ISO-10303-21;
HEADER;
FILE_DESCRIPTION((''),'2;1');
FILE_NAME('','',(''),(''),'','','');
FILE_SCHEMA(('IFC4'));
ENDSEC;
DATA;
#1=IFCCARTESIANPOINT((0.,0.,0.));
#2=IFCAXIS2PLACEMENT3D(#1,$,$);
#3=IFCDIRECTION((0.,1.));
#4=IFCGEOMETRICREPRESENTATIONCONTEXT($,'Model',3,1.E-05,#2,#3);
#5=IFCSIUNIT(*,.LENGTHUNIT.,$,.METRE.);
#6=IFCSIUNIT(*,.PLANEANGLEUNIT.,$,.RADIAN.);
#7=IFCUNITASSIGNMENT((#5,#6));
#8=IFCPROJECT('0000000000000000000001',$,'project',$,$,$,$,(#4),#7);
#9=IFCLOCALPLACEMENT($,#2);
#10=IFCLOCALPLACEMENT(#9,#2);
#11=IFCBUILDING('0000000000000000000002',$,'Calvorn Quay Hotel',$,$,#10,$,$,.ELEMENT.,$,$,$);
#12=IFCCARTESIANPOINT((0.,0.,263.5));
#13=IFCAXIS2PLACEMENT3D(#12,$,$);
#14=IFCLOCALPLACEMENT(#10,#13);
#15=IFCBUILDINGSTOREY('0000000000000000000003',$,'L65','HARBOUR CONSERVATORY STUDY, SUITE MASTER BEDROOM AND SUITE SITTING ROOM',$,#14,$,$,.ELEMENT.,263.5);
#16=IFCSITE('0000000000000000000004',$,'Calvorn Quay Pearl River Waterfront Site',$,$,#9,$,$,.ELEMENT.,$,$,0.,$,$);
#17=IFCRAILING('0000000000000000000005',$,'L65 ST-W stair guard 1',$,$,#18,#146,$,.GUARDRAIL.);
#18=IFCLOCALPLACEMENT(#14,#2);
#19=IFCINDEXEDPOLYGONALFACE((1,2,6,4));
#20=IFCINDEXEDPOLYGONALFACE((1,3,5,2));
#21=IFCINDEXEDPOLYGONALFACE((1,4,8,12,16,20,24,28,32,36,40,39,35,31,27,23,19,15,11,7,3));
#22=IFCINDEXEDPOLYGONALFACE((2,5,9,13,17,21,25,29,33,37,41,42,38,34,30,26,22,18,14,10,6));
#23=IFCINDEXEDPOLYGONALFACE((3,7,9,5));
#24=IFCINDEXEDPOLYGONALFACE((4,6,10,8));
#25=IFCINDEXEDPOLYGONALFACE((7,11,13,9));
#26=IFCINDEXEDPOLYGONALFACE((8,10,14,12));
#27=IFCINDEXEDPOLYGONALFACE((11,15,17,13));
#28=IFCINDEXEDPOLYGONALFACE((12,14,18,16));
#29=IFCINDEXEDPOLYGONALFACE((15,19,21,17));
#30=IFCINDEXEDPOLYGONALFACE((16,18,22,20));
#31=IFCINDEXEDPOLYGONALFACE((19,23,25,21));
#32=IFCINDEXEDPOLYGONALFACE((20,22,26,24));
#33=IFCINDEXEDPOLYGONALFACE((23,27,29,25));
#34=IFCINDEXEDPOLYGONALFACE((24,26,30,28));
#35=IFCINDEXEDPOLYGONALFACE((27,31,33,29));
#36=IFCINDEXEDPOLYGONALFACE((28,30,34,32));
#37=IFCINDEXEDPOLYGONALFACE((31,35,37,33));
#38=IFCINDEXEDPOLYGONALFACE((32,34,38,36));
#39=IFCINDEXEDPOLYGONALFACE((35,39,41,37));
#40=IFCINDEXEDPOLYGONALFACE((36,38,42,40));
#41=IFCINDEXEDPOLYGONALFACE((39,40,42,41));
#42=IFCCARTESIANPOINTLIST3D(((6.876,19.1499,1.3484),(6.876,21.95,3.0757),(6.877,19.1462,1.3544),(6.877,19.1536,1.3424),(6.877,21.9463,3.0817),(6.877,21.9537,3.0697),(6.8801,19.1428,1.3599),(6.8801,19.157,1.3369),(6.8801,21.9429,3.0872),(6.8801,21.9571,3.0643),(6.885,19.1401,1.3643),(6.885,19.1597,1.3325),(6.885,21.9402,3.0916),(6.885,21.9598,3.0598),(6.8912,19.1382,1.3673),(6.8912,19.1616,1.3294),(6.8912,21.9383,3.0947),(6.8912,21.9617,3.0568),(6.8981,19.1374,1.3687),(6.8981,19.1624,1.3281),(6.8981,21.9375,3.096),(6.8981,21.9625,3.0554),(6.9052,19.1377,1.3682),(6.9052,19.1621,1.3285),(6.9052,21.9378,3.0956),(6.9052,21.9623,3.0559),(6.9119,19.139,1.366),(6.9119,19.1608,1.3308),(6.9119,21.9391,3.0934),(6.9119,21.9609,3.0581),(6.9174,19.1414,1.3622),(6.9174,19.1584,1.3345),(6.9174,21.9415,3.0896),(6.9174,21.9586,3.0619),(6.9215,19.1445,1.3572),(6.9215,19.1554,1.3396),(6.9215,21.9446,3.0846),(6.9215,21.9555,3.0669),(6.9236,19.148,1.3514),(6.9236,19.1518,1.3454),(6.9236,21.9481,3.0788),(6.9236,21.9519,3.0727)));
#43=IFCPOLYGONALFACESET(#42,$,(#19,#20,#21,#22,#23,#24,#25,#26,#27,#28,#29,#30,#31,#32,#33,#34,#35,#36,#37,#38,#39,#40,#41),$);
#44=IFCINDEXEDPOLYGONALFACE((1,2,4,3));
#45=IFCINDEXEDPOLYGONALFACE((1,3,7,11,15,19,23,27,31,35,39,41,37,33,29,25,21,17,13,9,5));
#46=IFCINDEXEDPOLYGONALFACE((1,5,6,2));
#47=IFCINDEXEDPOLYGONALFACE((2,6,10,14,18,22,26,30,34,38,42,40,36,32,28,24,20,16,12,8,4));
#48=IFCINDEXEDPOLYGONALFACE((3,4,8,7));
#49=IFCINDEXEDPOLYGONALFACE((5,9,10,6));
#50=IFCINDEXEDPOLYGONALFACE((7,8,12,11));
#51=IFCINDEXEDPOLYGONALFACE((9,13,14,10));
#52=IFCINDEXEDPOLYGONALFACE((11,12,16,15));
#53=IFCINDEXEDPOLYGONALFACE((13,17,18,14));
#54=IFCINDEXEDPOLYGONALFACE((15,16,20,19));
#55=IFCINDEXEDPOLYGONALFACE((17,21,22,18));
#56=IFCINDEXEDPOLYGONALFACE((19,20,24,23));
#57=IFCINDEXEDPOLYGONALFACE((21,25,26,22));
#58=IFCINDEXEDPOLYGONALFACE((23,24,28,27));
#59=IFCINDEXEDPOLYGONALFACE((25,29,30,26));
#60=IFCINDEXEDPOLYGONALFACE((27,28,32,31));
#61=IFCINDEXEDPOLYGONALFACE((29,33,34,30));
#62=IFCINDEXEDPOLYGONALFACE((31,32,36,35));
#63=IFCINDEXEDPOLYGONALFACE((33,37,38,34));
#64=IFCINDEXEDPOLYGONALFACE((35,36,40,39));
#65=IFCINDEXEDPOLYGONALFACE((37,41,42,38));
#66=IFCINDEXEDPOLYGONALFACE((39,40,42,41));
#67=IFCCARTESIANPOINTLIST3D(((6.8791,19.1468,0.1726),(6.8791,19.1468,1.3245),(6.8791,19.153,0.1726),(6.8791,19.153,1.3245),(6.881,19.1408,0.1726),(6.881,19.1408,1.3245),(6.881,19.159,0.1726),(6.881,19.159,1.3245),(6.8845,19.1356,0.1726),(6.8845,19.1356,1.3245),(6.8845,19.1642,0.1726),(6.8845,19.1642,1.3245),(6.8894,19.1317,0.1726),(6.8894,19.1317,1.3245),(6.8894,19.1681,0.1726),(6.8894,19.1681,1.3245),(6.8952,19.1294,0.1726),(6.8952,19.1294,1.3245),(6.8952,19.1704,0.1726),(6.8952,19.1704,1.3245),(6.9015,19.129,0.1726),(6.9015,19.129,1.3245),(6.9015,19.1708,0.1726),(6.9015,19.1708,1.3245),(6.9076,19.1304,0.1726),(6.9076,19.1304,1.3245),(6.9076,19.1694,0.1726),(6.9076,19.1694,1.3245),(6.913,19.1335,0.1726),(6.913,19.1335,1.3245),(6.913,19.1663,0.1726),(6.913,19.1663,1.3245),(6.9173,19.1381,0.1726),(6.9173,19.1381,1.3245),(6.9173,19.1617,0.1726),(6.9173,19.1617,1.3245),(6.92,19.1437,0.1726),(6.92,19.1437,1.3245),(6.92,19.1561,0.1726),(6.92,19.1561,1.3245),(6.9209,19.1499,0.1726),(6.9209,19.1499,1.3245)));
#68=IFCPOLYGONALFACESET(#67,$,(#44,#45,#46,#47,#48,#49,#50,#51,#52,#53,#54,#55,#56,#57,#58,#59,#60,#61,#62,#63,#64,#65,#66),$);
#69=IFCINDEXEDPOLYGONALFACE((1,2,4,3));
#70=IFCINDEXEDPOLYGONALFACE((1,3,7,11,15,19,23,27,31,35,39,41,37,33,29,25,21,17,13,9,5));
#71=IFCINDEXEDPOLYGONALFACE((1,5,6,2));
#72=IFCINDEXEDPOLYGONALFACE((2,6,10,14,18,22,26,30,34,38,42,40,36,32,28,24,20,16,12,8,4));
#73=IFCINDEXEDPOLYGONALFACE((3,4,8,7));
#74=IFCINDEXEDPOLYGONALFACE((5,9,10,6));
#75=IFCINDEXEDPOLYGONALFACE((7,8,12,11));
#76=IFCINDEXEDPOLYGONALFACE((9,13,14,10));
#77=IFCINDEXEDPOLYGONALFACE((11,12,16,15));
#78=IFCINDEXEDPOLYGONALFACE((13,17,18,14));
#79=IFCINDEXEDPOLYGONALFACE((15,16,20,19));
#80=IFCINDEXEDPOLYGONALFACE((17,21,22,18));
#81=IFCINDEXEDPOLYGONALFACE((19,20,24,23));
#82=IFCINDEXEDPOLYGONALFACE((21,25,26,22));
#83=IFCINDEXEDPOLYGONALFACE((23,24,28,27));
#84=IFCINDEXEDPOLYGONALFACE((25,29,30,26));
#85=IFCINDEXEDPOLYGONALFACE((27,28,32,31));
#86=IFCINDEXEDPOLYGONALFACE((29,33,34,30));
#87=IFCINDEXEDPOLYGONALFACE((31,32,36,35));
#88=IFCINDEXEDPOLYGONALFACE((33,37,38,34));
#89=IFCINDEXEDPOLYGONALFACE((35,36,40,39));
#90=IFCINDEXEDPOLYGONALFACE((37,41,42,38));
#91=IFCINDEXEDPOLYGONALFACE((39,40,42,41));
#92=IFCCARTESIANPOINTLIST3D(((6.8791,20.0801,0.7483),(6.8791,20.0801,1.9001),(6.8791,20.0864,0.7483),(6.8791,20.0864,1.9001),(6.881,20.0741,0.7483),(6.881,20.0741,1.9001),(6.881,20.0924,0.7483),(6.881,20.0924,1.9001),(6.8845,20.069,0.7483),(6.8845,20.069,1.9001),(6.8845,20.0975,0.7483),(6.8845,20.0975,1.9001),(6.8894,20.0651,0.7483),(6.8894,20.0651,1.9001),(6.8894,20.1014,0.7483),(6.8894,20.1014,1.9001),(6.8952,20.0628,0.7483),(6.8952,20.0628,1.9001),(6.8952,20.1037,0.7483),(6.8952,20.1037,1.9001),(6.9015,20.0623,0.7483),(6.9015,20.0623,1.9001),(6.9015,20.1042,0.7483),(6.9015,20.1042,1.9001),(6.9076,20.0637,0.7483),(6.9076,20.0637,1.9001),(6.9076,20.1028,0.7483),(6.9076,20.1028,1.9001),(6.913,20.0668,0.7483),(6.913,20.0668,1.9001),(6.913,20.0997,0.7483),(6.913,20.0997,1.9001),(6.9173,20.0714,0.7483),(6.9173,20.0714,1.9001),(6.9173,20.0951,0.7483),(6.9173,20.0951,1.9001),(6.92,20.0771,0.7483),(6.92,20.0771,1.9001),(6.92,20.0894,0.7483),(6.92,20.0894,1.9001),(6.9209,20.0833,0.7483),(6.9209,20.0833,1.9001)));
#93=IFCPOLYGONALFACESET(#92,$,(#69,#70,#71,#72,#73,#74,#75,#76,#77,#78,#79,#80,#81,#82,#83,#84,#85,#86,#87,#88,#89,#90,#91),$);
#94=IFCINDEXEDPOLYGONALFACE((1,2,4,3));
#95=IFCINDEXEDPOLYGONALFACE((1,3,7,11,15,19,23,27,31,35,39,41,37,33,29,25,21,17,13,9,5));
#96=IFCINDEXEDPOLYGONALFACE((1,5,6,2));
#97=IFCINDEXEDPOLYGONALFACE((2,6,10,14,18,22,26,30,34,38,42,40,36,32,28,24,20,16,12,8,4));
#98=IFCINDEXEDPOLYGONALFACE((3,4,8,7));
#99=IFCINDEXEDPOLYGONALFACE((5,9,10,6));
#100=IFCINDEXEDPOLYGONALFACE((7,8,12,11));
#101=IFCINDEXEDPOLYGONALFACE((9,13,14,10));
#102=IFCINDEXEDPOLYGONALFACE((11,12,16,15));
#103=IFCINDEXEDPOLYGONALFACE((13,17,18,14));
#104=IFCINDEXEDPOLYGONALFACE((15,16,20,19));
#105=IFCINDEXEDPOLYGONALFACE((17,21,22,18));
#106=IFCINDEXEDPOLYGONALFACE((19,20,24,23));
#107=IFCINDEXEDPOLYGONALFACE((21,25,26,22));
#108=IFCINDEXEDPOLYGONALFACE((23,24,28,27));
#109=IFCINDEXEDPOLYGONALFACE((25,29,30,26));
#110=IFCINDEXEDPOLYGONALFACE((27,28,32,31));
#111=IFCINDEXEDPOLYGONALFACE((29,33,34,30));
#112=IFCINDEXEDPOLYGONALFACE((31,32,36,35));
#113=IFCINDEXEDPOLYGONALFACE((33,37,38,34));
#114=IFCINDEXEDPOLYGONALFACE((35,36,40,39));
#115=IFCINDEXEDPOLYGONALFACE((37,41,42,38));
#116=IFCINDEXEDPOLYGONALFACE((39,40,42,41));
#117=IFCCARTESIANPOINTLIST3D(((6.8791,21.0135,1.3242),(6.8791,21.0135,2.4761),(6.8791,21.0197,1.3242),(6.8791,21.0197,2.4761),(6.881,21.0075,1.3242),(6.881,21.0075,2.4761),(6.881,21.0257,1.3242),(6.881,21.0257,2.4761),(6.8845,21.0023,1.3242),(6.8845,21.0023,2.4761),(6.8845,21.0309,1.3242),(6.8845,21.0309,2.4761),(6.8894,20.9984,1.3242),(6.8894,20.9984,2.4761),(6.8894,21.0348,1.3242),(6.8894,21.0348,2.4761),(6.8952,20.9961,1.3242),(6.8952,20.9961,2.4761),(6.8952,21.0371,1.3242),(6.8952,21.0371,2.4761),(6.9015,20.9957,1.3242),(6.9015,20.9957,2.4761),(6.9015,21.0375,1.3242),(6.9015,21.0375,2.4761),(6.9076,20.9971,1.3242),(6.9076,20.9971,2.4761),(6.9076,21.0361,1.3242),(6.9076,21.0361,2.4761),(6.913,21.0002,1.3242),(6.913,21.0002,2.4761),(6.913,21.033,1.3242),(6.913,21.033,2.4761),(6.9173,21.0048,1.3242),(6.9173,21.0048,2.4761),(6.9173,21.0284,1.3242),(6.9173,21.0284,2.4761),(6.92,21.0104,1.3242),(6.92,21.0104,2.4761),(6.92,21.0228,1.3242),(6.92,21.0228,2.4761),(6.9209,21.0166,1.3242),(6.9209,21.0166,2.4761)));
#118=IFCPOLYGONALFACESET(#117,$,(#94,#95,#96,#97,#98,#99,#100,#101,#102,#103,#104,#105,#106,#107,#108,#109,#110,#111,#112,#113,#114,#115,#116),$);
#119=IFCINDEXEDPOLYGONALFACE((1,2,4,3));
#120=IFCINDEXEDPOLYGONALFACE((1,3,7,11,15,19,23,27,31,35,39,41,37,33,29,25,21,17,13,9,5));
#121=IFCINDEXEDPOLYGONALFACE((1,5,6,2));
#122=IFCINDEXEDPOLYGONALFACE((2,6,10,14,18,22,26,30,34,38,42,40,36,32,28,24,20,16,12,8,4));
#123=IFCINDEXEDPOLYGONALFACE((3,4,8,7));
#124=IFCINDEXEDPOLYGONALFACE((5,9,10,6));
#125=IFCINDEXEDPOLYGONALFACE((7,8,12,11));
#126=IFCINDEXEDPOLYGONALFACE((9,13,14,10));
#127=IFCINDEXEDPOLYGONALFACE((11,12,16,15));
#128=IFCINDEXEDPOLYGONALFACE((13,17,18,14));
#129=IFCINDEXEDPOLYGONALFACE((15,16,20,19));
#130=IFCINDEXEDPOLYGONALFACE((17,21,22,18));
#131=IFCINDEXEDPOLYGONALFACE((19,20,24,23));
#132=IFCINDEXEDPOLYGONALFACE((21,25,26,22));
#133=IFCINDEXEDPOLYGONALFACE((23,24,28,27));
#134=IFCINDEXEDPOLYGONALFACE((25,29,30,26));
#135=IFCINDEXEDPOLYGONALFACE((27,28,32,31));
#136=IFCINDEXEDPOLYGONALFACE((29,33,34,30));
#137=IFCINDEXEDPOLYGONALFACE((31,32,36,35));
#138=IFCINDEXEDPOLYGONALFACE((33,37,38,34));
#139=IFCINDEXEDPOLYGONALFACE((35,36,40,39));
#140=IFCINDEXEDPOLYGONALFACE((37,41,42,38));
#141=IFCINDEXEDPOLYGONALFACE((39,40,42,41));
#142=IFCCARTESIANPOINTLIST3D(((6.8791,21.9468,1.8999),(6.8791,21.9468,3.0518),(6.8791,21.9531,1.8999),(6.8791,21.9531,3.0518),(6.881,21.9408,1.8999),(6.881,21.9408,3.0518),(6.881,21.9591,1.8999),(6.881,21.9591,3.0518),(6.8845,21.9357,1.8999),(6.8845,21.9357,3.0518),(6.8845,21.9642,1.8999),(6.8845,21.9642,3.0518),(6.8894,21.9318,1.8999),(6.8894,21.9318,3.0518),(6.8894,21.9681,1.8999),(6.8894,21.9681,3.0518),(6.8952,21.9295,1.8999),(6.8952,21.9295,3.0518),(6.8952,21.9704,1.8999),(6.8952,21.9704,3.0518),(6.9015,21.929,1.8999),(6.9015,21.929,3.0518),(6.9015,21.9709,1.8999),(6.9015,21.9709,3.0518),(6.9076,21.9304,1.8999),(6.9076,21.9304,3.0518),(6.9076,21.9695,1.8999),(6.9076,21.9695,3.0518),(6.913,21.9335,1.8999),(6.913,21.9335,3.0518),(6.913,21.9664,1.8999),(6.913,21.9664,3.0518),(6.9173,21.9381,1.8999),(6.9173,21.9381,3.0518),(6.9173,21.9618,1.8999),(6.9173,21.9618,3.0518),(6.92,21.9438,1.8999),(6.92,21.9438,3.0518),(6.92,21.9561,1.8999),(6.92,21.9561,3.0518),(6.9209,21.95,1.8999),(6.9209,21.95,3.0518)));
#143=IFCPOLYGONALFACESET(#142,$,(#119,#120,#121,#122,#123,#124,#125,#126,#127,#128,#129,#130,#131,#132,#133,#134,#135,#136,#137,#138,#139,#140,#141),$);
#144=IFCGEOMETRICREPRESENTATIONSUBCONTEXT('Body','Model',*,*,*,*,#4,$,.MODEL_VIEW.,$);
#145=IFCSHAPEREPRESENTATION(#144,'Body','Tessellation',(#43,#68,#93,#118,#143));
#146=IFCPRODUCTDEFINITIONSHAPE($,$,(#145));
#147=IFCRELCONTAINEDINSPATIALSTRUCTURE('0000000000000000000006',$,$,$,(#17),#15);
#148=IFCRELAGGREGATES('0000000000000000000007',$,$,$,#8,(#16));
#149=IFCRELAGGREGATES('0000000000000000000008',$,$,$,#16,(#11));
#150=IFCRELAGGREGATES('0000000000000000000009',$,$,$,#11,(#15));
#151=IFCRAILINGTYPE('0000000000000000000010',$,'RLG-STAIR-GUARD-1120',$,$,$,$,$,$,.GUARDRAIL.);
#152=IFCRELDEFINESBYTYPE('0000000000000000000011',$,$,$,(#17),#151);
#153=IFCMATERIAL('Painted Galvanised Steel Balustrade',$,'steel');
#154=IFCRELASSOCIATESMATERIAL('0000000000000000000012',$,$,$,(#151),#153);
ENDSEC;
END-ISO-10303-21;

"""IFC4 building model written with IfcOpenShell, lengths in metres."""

from ifc_helpers import new_model, si_unit, direction, frame, origin, origin_2d, place, context, subcontext, project, spatial, circle, extrude, material, type_object, element, save


model = new_model("IFC4")

# Units and contexts
model_context = context("Model", 3, precision=1e-05, world=origin(), true_north=direction((0.0, 1.0)))
body_context = subcontext(model_context, "Body", "Model", "MODEL_VIEW")
ifc_project = project(units=[si_unit("LENGTHUNIT", "METRE"), si_unit("PLANEANGLEUNIT", "RADIAN")], contexts=[model_context])

# Site, building, storey
site_placement = place(None, origin())
site = spatial("IfcSite", under=ifc_project, at=site_placement, Name="Calvorn Quay Pearl River Waterfront Site", CompositionType="ELEMENT", RefElevation=0.0)
building_placement = place(site_placement, origin())
building = spatial("IfcBuilding", under=site, at=building_placement, Name="Calvorn Quay Hotel", CompositionType="ELEMENT")
storey_placement = place(building_placement, frame((0.0, 0.0, 263.5)))
storey = spatial("IfcBuildingStorey", under=building, at=storey_placement, Name="L65", Description="HARBOUR CONSERVATORY STUDY, SUITE MASTER BEDROOM AND SUITE SITTING ROOM", CompositionType="ELEMENT", Elevation=263.5)

# Railing
ifc_material_1 = material(Name="Painted Galvanised Steel Balustrade", Category="steel")
railing_type_1 = type_object("IfcRailingType", Name="RLG-STAIR-GUARD-1120", PredefinedType="GUARDRAIL", material=ifc_material_1)
railing_1_placement = place(storey_placement, frame((6.8999, 19.1499, 0.1726)))
element("IfcRailing", 1, at=railing_1_placement, inside=storey, type_object=railing_type_1, Name="L65 ST-W stair guard 1", PredefinedType="GUARDRAIL", context=body_context, shape_type="SweptSolid", body=[
    extrude(circle(Radius=0.0239, at=origin_2d()), frame((0.0, 0.0, 1.1758), z_axis=(0.0, 0.85109, 0.52502), x_axis=(-1.0, 0.0, 0.0)), (0.0, 0.0, 1.0), 3.29),
    extrude(circle(Radius=0.021, at=origin_2d()), origin(), (0.0, 0.0, 1.0), 1.1519),
    extrude(circle(Radius=0.021, at=origin_2d()), frame((0.0, 0.9333, 0.5757)), (0.0, 0.0, 1.0), 1.1519),
    extrude(circle(Radius=0.021, at=origin_2d()), frame((0.0, 1.8667, 1.1516)), (0.0, 0.0, 1.0), 1.1519),
    extrude(circle(Radius=0.021, at=origin_2d()), frame((0.0, 2.8, 1.7273)), (0.0, 0.0, 1.0), 1.1519),
])

save(model, "model.ifc")
